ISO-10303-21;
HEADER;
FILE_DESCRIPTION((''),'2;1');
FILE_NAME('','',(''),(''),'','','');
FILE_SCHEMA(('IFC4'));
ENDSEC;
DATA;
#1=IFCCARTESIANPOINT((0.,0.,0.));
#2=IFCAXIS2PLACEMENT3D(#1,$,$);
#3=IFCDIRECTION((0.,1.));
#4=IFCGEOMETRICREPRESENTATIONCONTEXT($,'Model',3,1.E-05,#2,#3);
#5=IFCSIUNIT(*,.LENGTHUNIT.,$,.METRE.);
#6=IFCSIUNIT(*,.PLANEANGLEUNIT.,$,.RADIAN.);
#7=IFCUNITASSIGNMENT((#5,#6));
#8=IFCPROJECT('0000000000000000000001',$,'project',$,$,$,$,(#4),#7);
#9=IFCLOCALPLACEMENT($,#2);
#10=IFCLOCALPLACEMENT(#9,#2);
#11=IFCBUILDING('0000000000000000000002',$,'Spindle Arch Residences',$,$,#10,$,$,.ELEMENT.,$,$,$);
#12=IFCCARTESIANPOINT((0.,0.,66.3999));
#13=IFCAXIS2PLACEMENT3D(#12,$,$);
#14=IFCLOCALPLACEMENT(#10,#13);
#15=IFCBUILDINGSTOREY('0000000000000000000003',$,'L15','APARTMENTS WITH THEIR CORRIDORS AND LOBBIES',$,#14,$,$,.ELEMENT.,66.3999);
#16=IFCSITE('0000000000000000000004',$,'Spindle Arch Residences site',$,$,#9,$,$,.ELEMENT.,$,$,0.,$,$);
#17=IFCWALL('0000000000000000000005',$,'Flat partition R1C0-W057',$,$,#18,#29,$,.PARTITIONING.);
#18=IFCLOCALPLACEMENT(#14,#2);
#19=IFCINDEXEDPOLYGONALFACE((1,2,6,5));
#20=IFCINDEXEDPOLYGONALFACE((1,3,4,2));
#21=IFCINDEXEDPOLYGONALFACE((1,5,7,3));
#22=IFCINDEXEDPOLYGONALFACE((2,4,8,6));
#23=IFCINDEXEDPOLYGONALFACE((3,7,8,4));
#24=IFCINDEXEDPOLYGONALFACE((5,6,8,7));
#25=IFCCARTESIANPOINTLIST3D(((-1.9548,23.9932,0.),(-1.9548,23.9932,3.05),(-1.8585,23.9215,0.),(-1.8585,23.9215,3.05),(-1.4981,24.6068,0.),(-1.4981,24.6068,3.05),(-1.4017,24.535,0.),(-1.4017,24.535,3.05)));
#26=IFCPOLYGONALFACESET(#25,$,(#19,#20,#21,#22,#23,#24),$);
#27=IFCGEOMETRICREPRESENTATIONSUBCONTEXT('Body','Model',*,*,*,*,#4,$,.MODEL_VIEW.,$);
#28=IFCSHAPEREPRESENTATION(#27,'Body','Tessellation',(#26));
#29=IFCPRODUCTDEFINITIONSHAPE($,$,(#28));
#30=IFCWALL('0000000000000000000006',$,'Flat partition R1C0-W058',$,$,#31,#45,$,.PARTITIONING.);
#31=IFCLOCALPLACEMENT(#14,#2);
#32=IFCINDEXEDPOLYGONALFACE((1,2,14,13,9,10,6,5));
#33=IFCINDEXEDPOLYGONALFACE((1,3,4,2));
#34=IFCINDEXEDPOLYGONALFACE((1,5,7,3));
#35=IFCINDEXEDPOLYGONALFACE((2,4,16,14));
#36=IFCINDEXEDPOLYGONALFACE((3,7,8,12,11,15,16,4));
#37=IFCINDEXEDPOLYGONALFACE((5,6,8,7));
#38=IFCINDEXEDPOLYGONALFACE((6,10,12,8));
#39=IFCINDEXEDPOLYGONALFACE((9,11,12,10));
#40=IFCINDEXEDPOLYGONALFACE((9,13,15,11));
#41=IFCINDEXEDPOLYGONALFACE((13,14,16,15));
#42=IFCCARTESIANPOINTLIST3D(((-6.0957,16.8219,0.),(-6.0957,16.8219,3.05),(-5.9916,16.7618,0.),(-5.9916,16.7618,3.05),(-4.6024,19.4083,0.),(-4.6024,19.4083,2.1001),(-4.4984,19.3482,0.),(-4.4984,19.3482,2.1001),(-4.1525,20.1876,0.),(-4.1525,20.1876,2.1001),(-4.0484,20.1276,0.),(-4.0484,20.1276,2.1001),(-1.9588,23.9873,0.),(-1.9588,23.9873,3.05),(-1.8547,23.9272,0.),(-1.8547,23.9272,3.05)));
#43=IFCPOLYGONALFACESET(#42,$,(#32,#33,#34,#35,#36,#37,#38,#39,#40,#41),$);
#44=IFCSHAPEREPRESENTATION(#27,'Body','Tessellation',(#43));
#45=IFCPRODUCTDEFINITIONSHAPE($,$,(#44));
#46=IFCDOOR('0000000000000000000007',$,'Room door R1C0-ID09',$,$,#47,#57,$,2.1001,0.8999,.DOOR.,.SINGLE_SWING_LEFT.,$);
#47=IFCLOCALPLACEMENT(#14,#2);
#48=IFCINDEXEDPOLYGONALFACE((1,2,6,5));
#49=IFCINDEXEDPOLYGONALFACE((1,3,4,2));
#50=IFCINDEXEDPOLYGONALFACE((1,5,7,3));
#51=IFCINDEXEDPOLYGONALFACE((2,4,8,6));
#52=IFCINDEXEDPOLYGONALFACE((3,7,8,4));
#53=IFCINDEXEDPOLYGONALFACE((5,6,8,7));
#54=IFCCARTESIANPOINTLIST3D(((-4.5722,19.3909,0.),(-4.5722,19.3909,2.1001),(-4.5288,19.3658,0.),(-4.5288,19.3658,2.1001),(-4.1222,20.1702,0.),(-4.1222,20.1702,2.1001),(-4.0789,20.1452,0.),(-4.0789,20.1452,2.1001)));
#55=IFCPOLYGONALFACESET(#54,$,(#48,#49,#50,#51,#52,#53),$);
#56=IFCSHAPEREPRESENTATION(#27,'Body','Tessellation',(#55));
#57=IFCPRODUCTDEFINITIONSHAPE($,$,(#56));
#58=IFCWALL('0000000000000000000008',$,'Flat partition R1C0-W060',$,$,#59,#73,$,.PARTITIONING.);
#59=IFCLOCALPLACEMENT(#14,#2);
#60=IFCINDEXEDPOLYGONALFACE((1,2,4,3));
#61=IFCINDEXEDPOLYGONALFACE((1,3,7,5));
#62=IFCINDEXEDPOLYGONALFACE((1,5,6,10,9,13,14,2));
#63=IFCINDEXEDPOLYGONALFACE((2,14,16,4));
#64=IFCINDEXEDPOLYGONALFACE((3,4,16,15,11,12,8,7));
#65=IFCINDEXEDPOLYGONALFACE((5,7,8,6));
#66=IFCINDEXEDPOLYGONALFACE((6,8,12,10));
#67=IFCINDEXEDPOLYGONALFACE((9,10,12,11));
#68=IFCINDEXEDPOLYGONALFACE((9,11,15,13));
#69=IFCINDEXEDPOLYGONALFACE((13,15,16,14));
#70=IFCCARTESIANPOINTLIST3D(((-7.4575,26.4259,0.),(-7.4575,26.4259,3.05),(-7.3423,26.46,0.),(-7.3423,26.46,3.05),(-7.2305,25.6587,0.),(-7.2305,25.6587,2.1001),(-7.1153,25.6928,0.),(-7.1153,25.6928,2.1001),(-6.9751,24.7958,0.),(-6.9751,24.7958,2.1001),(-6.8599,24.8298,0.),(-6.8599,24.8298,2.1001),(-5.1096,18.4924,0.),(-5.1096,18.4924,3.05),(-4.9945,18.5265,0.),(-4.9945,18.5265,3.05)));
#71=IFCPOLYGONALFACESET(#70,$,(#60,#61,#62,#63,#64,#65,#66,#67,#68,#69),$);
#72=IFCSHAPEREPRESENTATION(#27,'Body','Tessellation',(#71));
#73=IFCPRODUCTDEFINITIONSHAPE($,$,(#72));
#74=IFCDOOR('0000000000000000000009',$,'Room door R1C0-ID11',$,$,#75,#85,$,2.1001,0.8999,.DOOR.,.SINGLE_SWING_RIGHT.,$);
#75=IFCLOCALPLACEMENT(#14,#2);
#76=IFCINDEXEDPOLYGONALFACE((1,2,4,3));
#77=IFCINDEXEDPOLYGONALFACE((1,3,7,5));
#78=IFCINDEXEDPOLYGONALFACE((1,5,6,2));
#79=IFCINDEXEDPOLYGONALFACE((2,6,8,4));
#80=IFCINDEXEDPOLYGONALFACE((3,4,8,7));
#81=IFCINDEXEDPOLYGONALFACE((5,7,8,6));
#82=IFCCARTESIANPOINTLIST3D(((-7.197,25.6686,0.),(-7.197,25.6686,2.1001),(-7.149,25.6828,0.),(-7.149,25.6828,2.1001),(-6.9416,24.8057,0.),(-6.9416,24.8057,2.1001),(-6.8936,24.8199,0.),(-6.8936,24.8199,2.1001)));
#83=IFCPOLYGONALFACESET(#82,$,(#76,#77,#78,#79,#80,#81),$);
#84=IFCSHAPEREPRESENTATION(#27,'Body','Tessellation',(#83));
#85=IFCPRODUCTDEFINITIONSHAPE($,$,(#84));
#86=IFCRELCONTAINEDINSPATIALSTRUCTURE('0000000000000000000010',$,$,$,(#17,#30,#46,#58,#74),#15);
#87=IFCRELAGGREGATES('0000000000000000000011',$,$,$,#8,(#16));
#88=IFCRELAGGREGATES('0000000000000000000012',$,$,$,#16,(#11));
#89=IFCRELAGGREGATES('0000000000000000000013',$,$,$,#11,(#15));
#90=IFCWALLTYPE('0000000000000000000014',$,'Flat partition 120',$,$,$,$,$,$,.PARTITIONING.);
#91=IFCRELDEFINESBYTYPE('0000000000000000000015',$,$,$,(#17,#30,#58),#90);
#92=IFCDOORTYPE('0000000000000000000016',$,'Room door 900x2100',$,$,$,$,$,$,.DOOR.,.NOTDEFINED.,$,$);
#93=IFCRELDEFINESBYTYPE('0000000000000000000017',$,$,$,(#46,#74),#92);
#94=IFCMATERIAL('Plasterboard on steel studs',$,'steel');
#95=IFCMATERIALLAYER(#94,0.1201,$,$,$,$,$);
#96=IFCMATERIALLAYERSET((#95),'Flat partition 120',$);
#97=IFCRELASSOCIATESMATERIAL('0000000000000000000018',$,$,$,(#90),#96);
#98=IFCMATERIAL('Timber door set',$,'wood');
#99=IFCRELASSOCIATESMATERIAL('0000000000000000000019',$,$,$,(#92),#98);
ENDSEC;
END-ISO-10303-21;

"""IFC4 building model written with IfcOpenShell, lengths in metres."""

from ifc_helpers import new_model, si_unit, direction, frame, frame_2d, origin, place, context, subcontext, project, spatial, rectangle, extrude, material, layer, layer_set, type_object, element, fill, save


model = new_model("IFC4")

# Units and contexts
model_context = context("Model", 3, precision=1e-05, world=origin(), true_north=direction((0.0, 1.0)))
body_context = subcontext(model_context, "Body", "Model", "MODEL_VIEW")
ifc_project = project(units=[si_unit("LENGTHUNIT", "METRE"), si_unit("PLANEANGLEUNIT", "RADIAN")], contexts=[model_context])

# Site, building, storey
site_placement = place(None, origin())
site = spatial("IfcSite", under=ifc_project, at=site_placement, Name="Spindle Arch Residences site", CompositionType="ELEMENT", RefElevation=0.0)
building_placement = place(site_placement, origin())
building = spatial("IfcBuilding", under=site, at=building_placement, Name="Spindle Arch Residences", CompositionType="ELEMENT")
storey_placement = place(building_placement, frame((0.0, 0.0, 66.3999)))
storey = spatial("IfcBuildingStorey", under=building, at=storey_placement, Name="L15", Description="APARTMENTS WITH THEIR CORRIDORS AND LOBBIES", CompositionType="ELEMENT", Elevation=66.3999)

# Shared definitions
ifc_material_1 = material(Name="Plasterboard on steel studs", Category="steel")
ifc_layer_1 = layer(ifc_material_1, 0.1201)
ifc_layer_set_1 = layer_set([ifc_layer_1], Name="Flat partition 120")
wall_type = type_object("IfcWallType", Name="Flat partition 120", PredefinedType="PARTITIONING", material=ifc_layer_set_1)
ifc_material_2 = material(Name="Timber door set", Category="wood")
door_type_1 = type_object("IfcDoorType", Name="Room door 900x2100", OperationType="NOTDEFINED", PredefinedType="DOOR", material=ifc_material_2)

# Wall
wall_1_placement = place(storey_placement, frame((-1.45, 24.5708, 0.0), z_axis=(0.0, 0.0, 1.0), x_axis=(-0.597188, -0.802102, 0.0)))
element("IfcWall", 1, at=wall_1_placement, inside=storey, type_object=wall_type, Name="Flat partition R1C0-W057", PredefinedType="PARTITIONING", context=body_context, shape_type="SweptSolid", body=[
    extrude(rectangle(XDim=0.7649, YDim=0.1201, at=frame_2d((0.3823, 0.0))), origin(), (0.0, 0.0, 1.0), 3.05),
])

# Walls, openings, doors
wall_2_placement = place(storey_placement, frame((-1.9067, 23.9573, 0.0), z_axis=(0.0, 0.0, 1.0), x_axis=(-0.499995, -0.866028, 0.0)))
wall_2 = element("IfcWall", 2, at=wall_2_placement, inside=storey, type_object=wall_type, Name="Flat partition R1C0-W058", PredefinedType="PARTITIONING", context=body_context, shape_type="SweptSolid", body=[
    extrude(rectangle(XDim=8.2739, YDim=0.1201, at=frame_2d((4.137, 0.0))), origin(), (0.0, 0.0, 1.0), 3.05),
])
opening_1_placement = place(wall_2_placement, frame((4.3875, 0.0, 0.0)))
opening_1 = element("IfcOpeningElement", 3, at=opening_1_placement, cuts=wall_2, PredefinedType="OPENING", context=body_context, shape_type="SweptSolid", body=[
    extrude(rectangle(XDim=0.8999, YDim=2.1001, at=frame_2d((0.45, 1.05))), frame((0.0, 0.0701, 0.0), z_axis=(0.0, -1.0, 0.0), x_axis=(1.0, 0.0, 0.0)), (0.0, 0.0, 1.0), 0.1401),
])
door_1_placement = place(opening_1_placement, origin())
door_1 = element("IfcDoor", 4, at=door_1_placement, inside=storey, type_object=door_type_1, Name="Room door R1C0-ID09", OperationType="SINGLE_SWING_LEFT", OverallHeight=2.1001, OverallWidth=0.8999, PredefinedType="DOOR", context=body_context, shape_type="SweptSolid", body=[
    extrude(rectangle(XDim=0.8999, YDim=2.1001, at=frame_2d((0.45, 1.05))), frame((0.0, 0.0249, 0.0), z_axis=(0.0, -1.0, 0.0), x_axis=(1.0, 0.0, 0.0)), (0.0, 0.0, 1.0), 0.05),
])
fill(opening_1, door_1)
wall_3_placement = place(storey_placement, frame((-7.3999, 26.4429, 0.0), z_axis=(0.0, 0.0, 1.0), x_axis=(0.283778, -0.95889, 0.0)))
wall_3 = element("IfcWall", 5, at=wall_3_placement, inside=storey, type_object=wall_type, Name="Flat partition R1C0-W060", PredefinedType="PARTITIONING", context=body_context, shape_type="SweptSolid", body=[
    extrude(rectangle(XDim=8.2737, YDim=0.1201, at=frame_2d((4.1367, 0.0))), origin(), (0.0, 0.0, 1.0), 3.05),
])
opening_2_placement = place(wall_3_placement, frame((0.8, 0.0, 0.0)))
opening_2 = element("IfcOpeningElement", 6, at=opening_2_placement, cuts=wall_3, PredefinedType="OPENING", context=body_context, shape_type="SweptSolid", body=[
    extrude(rectangle(XDim=0.8999, YDim=2.1001, at=frame_2d((0.45, 1.05))), frame((0.0, 0.0701, 0.0), z_axis=(0.0, -1.0, 0.0), x_axis=(1.0, 0.0, 0.0)), (0.0, 0.0, 1.0), 0.1401),
])
door_2_placement = place(opening_2_placement, origin())
door_2 = element("IfcDoor", 7, at=door_2_placement, inside=storey, type_object=door_type_1, Name="Room door R1C0-ID11", OperationType="SINGLE_SWING_RIGHT", OverallHeight=2.1001, OverallWidth=0.8999, PredefinedType="DOOR", context=body_context, shape_type="SweptSolid", body=[
    extrude(rectangle(XDim=0.8999, YDim=2.1001, at=frame_2d((0.45, 1.05))), frame((0.0, 0.0249, 0.0), z_axis=(0.0, -1.0, 0.0), x_axis=(1.0, 0.0, 0.0)), (0.0, 0.0, 1.0), 0.05),
])
fill(opening_2, door_2)

save(model, "model.ifc")
